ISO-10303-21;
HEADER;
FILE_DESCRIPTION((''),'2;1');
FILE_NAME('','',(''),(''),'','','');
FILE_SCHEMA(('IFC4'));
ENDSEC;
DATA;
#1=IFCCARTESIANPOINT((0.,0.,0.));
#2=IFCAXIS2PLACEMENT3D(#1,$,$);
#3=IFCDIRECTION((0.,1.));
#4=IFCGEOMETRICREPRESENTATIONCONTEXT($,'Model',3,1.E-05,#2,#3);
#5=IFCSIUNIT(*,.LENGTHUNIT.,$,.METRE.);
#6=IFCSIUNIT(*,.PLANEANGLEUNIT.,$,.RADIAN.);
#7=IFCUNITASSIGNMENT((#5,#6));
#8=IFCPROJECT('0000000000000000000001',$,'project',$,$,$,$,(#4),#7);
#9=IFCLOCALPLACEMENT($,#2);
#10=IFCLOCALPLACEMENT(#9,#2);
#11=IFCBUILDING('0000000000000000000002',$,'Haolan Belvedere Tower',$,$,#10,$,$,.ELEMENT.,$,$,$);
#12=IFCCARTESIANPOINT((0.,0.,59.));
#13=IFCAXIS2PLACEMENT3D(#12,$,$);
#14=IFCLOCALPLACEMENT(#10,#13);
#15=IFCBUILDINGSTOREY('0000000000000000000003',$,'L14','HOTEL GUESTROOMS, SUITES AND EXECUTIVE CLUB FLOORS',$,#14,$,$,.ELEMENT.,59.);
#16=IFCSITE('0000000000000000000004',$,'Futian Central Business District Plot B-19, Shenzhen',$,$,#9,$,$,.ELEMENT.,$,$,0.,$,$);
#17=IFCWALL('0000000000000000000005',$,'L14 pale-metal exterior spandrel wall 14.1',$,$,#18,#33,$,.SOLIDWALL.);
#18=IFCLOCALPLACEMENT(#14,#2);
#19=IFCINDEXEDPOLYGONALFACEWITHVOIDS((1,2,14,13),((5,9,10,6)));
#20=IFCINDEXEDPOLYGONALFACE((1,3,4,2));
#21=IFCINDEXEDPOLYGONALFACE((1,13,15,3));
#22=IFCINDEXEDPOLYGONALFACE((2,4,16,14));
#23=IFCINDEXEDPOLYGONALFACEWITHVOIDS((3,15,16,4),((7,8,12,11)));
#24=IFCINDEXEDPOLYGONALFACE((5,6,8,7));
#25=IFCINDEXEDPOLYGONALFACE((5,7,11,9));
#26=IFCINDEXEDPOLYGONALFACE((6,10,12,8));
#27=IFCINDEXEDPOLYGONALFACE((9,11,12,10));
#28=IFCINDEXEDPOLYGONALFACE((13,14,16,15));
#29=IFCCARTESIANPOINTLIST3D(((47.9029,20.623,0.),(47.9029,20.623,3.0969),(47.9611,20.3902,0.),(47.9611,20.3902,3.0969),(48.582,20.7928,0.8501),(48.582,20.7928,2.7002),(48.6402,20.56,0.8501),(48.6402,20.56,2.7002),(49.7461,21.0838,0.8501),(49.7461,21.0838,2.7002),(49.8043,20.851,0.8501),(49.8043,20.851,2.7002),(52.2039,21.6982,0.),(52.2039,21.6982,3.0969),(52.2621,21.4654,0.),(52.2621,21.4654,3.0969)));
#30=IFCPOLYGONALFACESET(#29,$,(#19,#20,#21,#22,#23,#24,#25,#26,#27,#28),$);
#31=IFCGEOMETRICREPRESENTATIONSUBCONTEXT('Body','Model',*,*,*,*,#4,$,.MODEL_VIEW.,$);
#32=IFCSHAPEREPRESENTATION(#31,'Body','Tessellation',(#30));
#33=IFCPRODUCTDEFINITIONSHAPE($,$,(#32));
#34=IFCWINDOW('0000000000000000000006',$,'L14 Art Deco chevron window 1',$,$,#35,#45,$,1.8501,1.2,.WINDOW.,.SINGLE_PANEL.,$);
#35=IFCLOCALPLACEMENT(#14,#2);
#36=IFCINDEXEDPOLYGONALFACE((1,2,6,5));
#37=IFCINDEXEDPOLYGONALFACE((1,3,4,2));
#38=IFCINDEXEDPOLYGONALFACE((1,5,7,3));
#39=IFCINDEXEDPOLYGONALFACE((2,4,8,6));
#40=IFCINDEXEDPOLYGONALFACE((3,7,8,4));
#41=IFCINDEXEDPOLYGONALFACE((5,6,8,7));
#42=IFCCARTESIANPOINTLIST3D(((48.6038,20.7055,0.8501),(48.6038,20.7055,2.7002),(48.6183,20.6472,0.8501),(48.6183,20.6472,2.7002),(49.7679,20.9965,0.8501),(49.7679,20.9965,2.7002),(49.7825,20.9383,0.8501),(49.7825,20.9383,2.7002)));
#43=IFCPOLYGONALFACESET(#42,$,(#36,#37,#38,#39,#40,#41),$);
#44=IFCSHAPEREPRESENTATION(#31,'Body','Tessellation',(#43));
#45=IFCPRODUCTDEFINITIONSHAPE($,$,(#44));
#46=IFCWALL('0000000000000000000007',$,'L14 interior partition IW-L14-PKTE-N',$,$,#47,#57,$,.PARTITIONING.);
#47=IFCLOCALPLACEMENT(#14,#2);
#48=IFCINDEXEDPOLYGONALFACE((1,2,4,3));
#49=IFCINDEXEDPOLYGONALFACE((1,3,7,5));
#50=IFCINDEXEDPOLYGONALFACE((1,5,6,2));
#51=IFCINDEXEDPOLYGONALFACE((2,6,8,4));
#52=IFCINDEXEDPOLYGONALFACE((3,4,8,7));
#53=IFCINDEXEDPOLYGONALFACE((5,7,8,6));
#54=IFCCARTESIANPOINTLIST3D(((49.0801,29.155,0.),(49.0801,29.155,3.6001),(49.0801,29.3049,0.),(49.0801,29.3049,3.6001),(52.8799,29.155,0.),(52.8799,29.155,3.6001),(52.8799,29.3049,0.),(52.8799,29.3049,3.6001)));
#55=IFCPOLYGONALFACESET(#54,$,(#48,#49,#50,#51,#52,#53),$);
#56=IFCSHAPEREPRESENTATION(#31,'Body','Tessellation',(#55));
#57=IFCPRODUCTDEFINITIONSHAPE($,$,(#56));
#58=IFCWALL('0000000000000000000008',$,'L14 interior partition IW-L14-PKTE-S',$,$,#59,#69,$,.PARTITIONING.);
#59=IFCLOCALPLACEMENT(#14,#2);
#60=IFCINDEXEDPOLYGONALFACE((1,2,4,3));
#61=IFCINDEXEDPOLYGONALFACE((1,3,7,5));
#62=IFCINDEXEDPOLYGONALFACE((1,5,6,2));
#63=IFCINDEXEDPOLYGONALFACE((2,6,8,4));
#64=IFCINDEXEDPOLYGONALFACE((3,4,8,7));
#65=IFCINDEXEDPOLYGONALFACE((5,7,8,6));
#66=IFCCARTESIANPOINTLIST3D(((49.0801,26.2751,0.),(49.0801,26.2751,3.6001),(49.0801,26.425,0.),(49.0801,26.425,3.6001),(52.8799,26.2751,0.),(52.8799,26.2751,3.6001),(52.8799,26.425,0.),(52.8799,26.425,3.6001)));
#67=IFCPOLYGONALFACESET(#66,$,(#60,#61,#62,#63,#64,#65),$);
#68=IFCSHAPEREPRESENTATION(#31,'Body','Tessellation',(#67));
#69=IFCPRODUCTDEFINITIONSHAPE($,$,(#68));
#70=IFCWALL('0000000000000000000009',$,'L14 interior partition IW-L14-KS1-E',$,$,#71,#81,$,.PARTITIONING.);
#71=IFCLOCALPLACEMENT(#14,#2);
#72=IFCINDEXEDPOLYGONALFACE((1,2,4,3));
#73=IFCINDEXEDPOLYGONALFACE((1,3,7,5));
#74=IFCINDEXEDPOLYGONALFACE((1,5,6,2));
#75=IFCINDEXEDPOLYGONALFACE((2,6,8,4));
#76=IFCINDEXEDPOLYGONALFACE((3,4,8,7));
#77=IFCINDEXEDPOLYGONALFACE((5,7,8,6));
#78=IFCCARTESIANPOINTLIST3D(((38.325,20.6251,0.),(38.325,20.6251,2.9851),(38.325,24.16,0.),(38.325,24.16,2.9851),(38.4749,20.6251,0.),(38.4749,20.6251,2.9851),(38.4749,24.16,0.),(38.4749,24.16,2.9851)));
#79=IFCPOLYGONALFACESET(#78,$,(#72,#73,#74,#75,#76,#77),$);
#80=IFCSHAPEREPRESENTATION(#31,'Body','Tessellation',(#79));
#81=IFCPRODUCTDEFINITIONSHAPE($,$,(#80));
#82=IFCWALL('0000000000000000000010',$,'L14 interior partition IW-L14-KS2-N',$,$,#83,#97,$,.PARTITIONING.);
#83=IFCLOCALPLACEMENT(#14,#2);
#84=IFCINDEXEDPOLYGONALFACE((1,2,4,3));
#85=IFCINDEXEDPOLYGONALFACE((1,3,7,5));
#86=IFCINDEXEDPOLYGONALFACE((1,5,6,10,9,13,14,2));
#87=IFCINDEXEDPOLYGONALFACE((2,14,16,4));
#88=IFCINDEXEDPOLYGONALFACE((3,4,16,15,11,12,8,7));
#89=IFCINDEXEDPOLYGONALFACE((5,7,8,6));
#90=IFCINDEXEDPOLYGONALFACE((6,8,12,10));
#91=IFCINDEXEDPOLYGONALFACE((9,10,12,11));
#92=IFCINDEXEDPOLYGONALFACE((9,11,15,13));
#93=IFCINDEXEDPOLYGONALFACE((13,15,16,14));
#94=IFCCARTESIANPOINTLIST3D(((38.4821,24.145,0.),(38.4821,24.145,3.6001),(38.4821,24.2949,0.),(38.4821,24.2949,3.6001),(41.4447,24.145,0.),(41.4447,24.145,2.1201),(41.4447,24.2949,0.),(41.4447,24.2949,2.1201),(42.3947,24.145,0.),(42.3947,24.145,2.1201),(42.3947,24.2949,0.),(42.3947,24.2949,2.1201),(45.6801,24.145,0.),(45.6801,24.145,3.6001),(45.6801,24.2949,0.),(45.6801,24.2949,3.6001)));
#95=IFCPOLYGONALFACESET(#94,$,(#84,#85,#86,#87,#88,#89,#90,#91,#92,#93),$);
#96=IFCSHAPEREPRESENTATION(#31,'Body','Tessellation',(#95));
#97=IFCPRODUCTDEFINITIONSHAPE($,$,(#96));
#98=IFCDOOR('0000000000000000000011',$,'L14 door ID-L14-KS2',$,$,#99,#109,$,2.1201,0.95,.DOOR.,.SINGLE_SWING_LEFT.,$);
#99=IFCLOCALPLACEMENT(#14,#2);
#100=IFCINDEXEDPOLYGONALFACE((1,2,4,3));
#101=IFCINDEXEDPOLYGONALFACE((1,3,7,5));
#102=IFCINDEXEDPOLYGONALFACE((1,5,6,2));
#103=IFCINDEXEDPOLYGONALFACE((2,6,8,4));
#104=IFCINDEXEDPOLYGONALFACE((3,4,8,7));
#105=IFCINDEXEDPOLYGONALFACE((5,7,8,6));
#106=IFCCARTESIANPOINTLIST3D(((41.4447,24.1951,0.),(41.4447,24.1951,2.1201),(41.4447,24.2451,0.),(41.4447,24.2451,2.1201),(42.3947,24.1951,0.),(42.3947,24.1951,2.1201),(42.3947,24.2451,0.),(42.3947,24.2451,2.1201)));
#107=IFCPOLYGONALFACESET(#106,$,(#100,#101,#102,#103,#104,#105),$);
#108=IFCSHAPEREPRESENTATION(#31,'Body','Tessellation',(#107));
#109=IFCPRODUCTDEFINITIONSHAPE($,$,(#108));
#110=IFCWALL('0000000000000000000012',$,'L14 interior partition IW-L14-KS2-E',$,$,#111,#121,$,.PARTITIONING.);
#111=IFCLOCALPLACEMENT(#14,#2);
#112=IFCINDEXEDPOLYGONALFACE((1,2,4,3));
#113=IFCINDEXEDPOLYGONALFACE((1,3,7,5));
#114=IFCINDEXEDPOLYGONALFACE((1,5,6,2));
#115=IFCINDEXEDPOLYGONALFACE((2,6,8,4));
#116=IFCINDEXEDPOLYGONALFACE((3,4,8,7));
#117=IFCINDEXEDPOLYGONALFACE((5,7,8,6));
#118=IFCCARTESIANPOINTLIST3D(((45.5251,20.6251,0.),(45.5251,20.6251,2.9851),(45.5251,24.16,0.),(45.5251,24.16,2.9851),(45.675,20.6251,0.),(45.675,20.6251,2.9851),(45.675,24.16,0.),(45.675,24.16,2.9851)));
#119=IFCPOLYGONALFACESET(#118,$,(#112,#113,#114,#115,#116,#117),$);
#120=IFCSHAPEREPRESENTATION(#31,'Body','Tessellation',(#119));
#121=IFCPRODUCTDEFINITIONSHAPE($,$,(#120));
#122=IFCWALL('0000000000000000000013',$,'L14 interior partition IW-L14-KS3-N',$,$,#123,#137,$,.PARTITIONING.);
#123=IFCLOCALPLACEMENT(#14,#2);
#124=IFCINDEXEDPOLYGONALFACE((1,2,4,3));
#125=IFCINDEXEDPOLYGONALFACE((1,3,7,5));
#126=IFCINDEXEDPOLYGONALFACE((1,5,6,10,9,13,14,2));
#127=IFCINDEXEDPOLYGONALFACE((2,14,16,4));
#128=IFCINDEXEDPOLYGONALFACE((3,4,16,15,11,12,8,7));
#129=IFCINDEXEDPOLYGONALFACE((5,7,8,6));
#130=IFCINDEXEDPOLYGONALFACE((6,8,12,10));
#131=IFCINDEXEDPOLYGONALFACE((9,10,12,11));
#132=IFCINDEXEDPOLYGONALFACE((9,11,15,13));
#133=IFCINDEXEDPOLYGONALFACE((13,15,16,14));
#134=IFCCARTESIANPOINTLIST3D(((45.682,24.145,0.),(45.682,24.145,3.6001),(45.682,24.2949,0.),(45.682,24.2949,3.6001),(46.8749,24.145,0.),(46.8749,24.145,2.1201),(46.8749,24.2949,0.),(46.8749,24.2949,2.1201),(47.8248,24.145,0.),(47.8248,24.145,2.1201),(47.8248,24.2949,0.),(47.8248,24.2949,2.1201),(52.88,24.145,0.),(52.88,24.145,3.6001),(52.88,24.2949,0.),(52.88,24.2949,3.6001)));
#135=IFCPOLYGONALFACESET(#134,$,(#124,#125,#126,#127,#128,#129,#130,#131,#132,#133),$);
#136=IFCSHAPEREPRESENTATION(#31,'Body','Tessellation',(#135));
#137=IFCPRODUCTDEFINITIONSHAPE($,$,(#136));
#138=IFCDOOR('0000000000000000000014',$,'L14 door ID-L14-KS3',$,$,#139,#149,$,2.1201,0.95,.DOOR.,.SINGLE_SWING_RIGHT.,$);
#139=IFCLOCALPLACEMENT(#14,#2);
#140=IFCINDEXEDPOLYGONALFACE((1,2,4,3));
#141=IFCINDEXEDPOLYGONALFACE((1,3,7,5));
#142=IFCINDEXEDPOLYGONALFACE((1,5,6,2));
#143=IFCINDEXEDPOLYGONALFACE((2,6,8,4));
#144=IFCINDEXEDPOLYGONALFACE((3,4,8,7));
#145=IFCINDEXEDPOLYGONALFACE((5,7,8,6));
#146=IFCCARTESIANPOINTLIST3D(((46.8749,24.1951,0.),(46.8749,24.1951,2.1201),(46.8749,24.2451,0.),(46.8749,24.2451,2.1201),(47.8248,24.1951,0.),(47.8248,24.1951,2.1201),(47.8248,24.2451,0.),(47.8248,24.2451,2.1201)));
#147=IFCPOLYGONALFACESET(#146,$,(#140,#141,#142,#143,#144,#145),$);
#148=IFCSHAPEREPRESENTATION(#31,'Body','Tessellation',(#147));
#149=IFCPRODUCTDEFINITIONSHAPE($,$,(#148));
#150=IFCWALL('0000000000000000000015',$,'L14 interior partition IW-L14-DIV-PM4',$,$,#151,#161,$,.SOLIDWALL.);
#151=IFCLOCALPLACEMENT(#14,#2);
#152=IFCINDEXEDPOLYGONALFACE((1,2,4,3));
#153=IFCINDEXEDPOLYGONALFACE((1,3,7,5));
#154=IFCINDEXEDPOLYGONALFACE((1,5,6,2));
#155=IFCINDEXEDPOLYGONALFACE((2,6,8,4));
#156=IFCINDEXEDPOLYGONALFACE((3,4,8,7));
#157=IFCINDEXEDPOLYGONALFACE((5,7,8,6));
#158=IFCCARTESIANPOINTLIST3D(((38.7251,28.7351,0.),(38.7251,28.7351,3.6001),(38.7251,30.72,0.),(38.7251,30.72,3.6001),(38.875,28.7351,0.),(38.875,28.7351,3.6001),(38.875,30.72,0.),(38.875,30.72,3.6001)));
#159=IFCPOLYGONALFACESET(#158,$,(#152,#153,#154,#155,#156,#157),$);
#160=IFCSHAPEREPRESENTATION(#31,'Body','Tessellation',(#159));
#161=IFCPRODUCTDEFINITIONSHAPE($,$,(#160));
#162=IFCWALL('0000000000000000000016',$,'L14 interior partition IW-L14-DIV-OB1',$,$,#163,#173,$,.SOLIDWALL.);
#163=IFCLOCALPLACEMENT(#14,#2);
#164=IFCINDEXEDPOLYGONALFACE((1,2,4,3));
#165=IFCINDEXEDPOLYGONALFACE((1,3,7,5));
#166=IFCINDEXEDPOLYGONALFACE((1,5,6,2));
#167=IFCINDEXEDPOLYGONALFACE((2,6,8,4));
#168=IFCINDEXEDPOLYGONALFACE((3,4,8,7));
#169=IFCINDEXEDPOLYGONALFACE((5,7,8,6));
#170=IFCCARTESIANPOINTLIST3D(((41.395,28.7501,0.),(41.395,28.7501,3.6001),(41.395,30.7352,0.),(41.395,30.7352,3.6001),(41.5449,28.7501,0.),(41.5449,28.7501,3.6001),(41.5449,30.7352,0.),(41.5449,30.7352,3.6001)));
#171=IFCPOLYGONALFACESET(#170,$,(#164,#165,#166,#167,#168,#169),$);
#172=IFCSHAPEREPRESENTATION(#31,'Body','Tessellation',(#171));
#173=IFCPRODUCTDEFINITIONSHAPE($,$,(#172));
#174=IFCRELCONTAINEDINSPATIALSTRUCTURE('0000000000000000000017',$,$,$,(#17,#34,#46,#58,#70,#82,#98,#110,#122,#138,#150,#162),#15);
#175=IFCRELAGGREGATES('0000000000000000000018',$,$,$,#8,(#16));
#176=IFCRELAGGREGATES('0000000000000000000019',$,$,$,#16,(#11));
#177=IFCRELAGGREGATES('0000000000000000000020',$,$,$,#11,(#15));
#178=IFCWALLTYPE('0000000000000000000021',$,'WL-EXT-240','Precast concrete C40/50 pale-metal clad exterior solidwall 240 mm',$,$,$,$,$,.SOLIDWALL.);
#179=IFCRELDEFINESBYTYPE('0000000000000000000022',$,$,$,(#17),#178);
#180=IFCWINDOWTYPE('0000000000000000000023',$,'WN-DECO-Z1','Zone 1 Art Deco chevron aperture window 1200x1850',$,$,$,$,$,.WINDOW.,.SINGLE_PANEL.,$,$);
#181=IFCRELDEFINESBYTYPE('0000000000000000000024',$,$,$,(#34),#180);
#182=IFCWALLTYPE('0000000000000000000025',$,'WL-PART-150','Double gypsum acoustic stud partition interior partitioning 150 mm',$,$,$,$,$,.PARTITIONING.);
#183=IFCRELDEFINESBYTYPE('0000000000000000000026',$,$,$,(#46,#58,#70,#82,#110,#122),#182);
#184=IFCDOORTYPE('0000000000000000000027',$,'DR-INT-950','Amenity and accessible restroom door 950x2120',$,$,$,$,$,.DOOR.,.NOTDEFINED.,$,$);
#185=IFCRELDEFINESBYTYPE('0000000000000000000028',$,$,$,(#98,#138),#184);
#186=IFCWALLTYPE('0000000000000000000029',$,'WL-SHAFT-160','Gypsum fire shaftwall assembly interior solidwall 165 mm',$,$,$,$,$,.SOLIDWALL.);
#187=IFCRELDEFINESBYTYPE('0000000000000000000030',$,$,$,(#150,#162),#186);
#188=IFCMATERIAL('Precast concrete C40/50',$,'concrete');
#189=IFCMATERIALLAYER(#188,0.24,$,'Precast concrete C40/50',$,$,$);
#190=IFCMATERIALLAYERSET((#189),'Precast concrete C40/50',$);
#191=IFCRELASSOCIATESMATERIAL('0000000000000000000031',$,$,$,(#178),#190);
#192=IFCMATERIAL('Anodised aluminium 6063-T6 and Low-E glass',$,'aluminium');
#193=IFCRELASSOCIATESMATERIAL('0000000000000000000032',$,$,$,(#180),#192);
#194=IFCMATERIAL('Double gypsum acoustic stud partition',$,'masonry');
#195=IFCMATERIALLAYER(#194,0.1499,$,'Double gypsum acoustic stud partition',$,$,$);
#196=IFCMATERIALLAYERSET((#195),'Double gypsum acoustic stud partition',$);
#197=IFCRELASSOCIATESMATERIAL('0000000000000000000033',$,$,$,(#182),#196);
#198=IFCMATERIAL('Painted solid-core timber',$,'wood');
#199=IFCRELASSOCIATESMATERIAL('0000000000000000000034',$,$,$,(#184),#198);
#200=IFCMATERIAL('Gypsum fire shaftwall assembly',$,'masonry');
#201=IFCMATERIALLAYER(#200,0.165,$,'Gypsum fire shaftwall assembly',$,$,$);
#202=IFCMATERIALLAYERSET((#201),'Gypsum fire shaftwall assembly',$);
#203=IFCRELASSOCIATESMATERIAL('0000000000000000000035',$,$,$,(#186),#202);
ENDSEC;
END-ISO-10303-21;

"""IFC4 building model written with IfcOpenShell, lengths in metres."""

from ifc_helpers import new_model, si_unit, direction, frame, frame_2d, origin, place, context, subcontext, project, spatial, rectangle, extrude, material, layer, layer_set, type_object, element, fill, save


model = new_model("IFC4")

# Units and contexts
model_context = context("Model", 3, precision=1e-05, world=origin(), true_north=direction((0.0, 1.0)))
body_context = subcontext(model_context, "Body", "Model", "MODEL_VIEW")
ifc_project = project(units=[si_unit("LENGTHUNIT", "METRE"), si_unit("PLANEANGLEUNIT", "RADIAN")], contexts=[model_context])

# Site, building, storey
site_placement = place(None, origin())
site = spatial("IfcSite", under=ifc_project, at=site_placement, Name="Futian Central Business District Plot B-19, Shenzhen", CompositionType="ELEMENT", RefElevation=0.0)
building_placement = place(site_placement, origin())
building = spatial("IfcBuilding", under=site, at=building_placement, Name="Haolan Belvedere Tower", CompositionType="ELEMENT")
storey_placement = place(building_placement, frame((0.0, 0.0, 59.0)))
storey = spatial("IfcBuildingStorey", under=building, at=storey_placement, Name="L14", Description="HOTEL GUESTROOMS, SUITES AND EXECUTIVE CLUB FLOORS", CompositionType="ELEMENT", Elevation=59.0)

# Wall, opening, window
ifc_material_1 = material(Name="Precast concrete C40/50", Category="concrete")
ifc_layer_1 = layer(ifc_material_1, 0.24, Name="Precast concrete C40/50")
ifc_layer_set_1 = layer_set([ifc_layer_1], Name="Precast concrete C40/50")
wall_type_1 = type_object("IfcWallType", Name="WL-EXT-240", Description="Precast concrete C40/50 pale-metal clad exterior solidwall 240 mm", PredefinedType="SOLIDWALL", material=ifc_layer_set_1)
wall_1_placement = place(storey_placement, frame((47.9319, 20.5066, 0.0), z_axis=(0.0, 0.0, 1.0), x_axis=(0.970146, 0.242523, 0.0)))
wall_1 = element("IfcWall", 1, at=wall_1_placement, inside=storey, type_object=wall_type_1, Name="L14 pale-metal exterior spandrel wall 14.1", PredefinedType="SOLIDWALL", context=body_context, shape_type="SweptSolid", body=[
    extrude(rectangle(XDim=4.4333, YDim=0.24, at=frame_2d((2.2168, 0.0))), origin(), (0.0, 0.0, 1.0), 3.0969),
])
opening_1_placement = place(wall_1_placement, frame((0.7, 0.0, 0.8501)))
opening_1 = element("IfcOpeningElement", 2, at=opening_1_placement, cuts=wall_1, PredefinedType="OPENING", context=body_context, shape_type="SweptSolid", body=[
    extrude(rectangle(XDim=1.2, YDim=1.8501, at=frame_2d((0.6001, 0.925))), frame((0.0, 0.1299, 0.0), z_axis=(0.0, -1.0, 0.0), x_axis=(1.0, 0.0, 0.0)), (0.0, 0.0, 1.0), 0.26),
])
ifc_material_2 = material(Name="Anodised aluminium 6063-T6 and Low-E glass", Category="aluminium")
window_type = type_object("IfcWindowType", Name="WN-DECO-Z1", Description="Zone 1 Art Deco chevron aperture window 1200x1850", PartitioningType="SINGLE_PANEL", PredefinedType="WINDOW", material=ifc_material_2)
window_placement = place(opening_1_placement, origin())
window = element("IfcWindow", 3, at=window_placement, inside=storey, type_object=window_type, Name="L14 Art Deco chevron window 1", OverallHeight=1.8501, OverallWidth=1.2, PartitioningType="SINGLE_PANEL", PredefinedType="WINDOW", context=body_context, shape_type="SweptSolid", body=[
    extrude(rectangle(XDim=1.2, YDim=1.8501, at=frame_2d((0.6001, 0.925))), frame((0.0, 0.03, 0.0), z_axis=(0.0, -1.0, 0.0), x_axis=(1.0, 0.0, 0.0)), (0.0, 0.0, 1.0), 0.0601),
])
fill(opening_1, window)

# Walls
ifc_material_3 = material(Name="Double gypsum acoustic stud partition", Category="masonry")
ifc_layer_2 = layer(ifc_material_3, 0.1499, Name="Double gypsum acoustic stud partition")
ifc_layer_set_2 = layer_set([ifc_layer_2], Name="Double gypsum acoustic stud partition")
wall_type_2 = type_object("IfcWallType", Name="WL-PART-150", Description="Double gypsum acoustic stud partition interior partitioning 150 mm", PredefinedType="PARTITIONING", material=ifc_layer_set_2)
for number, where, z_axis, x_axis, name in (
    (4, (49.0801, 29.23, 0.0), (0.0, 0.0, 1.0), (1.0, 0.0, 0.0), "L14 interior partition IW-L14-PKTE-N"),
    (5, (49.0801, 26.3501, 0.0), (0.0, 0.0, 1.0), (1.0, 0.0, 0.0), "L14 interior partition IW-L14-PKTE-S"),
):
    element("IfcWall", number, at=place(storey_placement, frame(where, z_axis=z_axis, x_axis=x_axis)), inside=storey, type_object=wall_type_2, Name=name, PredefinedType="PARTITIONING", context=body_context, shape_type="SweptSolid", body=[
        extrude(rectangle(XDim=3.7998, YDim=0.1499, at=frame_2d((1.8999, 0.0))), origin(), (0.0, 0.0, 1.0), 3.6001),
    ])

# Shared definitions
ifc_material_4 = material(Name="Painted solid-core timber", Category="wood")
door_type = type_object("IfcDoorType", Name="DR-INT-950", Description="Amenity and accessible restroom door 950x2120", OperationType="NOTDEFINED", PredefinedType="DOOR", material=ifc_material_4)

# Wall
wall_2_placement = place(storey_placement, frame((38.3999, 20.625, 0.0), z_axis=(0.0, 0.0, 1.0), x_axis=(0.0, 1.0, 0.0)))
element("IfcWall", 6, at=wall_2_placement, inside=storey, type_object=wall_type_2, Name="L14 interior partition IW-L14-KS1-E", PredefinedType="PARTITIONING", context=body_context, shape_type="SweptSolid", body=[
    extrude(rectangle(XDim=3.5349, YDim=0.1499, at=frame_2d((1.7676, 0.0))), origin(), (0.0, 0.0, 1.0), 2.9851),
])

# Wall, opening, door
wall_3_placement = place(storey_placement, frame((38.4819, 24.22, 0.0), z_axis=(0.0, 0.0, 1.0), x_axis=(1.0, 0.0, 0.0)))
wall_3 = element("IfcWall", 7, at=wall_3_placement, inside=storey, type_object=wall_type_2, Name="L14 interior partition IW-L14-KS2-N", PredefinedType="PARTITIONING", context=body_context, shape_type="SweptSolid", body=[
    extrude(rectangle(XDim=7.198, YDim=0.1499, at=frame_2d((3.5991, 0.0))), origin(), (0.0, 0.0, 1.0), 3.6001),
])
opening_2_placement = place(wall_3_placement, frame((3.9128, 0.0, 0.0), z_axis=(0.0, 0.0, 1.0), x_axis=(-1.0, 0.0, 0.0)))
opening_2 = element("IfcOpeningElement", 8, at=opening_2_placement, cuts=wall_3, PredefinedType="OPENING", context=body_context, shape_type="SweptSolid", body=[
    extrude(rectangle(XDim=0.95, YDim=2.1201, at=frame_2d((0.4751, 1.0601))), frame((0.0, 0.085, 0.0), z_axis=(0.0, -1.0, 0.0), x_axis=(1.0, 0.0, 0.0)), (0.0, 0.0, 1.0), 0.1699),
])
door_1_placement = place(opening_2_placement, origin())
door_1 = element("IfcDoor", 9, at=door_1_placement, inside=storey, type_object=door_type, Name="L14 door ID-L14-KS2", OperationType="SINGLE_SWING_LEFT", OverallHeight=2.1201, OverallWidth=0.95, PredefinedType="DOOR", context=body_context, shape_type="SweptSolid", body=[
    extrude(rectangle(XDim=0.95, YDim=2.1201, at=frame_2d((0.4751, 1.0601))), frame((0.0, 0.0249, 0.0), z_axis=(0.0, -1.0, 0.0), x_axis=(1.0, 0.0, 0.0)), (0.0, 0.0, 1.0), 0.05),
])
fill(opening_2, door_1)

# Wall
wall_4_placement = place(storey_placement, frame((45.6001, 20.625, 0.0), z_axis=(0.0, 0.0, 1.0), x_axis=(0.0, 1.0, 0.0)))
element("IfcWall", 10, at=wall_4_placement, inside=storey, type_object=wall_type_2, Name="L14 interior partition IW-L14-KS2-E", PredefinedType="PARTITIONING", context=body_context, shape_type="SweptSolid", body=[
    extrude(rectangle(XDim=3.5349, YDim=0.1499, at=frame_2d((1.7676, 0.0))), origin(), (0.0, 0.0, 1.0), 2.9851),
])

# Wall, opening, door
wall_5_placement = place(storey_placement, frame((45.6819, 24.22, 0.0), z_axis=(0.0, 0.0, 1.0), x_axis=(1.0, 0.0, 0.0)))
wall_5 = element("IfcWall", 11, at=wall_5_placement, inside=storey, type_object=wall_type_2, Name="L14 interior partition IW-L14-KS3-N", PredefinedType="PARTITIONING", context=body_context, shape_type="SweptSolid", body=[
    extrude(rectangle(XDim=7.198, YDim=0.1499, at=frame_2d((3.5991, 0.0))), origin(), (0.0, 0.0, 1.0), 3.6001),
])
opening_3_placement = place(wall_5_placement, frame((2.1431, 0.0, 0.0), z_axis=(0.0, 0.0, 1.0), x_axis=(-1.0, 0.0, 0.0)))
opening_3 = element("IfcOpeningElement", 12, at=opening_3_placement, cuts=wall_5, PredefinedType="OPENING", context=body_context, shape_type="SweptSolid", body=[
    extrude(rectangle(XDim=0.95, YDim=2.1201, at=frame_2d((0.4751, 1.0601))), frame((0.0, 0.085, 0.0), z_axis=(0.0, -1.0, 0.0), x_axis=(1.0, 0.0, 0.0)), (0.0, 0.0, 1.0), 0.1699),
])
door_2_placement = place(opening_3_placement, origin())
door_2 = element("IfcDoor", 13, at=door_2_placement, inside=storey, type_object=door_type, Name="L14 door ID-L14-KS3", OperationType="SINGLE_SWING_RIGHT", OverallHeight=2.1201, OverallWidth=0.95, PredefinedType="DOOR", context=body_context, shape_type="SweptSolid", body=[
    extrude(rectangle(XDim=0.95, YDim=2.1201, at=frame_2d((0.4751, 1.0601))), frame((0.0, 0.0249, 0.0), z_axis=(0.0, -1.0, 0.0), x_axis=(1.0, 0.0, 0.0)), (0.0, 0.0, 1.0), 0.05),
])
fill(opening_3, door_2)

# Walls
ifc_material_5 = material(Name="Gypsum fire shaftwall assembly", Category="masonry")
ifc_layer_3 = layer(ifc_material_5, 0.165, Name="Gypsum fire shaftwall assembly")
ifc_layer_set_3 = layer_set([ifc_layer_3], Name="Gypsum fire shaftwall assembly")
wall_type_3 = type_object("IfcWallType", Name="WL-SHAFT-160", Description="Gypsum fire shaftwall assembly interior solidwall 165 mm", PredefinedType="SOLIDWALL", material=ifc_layer_set_3)
wall_6_placement = place(storey_placement, frame((38.8, 28.7351, 0.0), z_axis=(0.0, 0.0, 1.0), x_axis=(0.0, 1.0, 0.0)))
element("IfcWall", 14, at=wall_6_placement, inside=storey, type_object=wall_type_3, Name="L14 interior partition IW-L14-DIV-PM4", PredefinedType="SOLIDWALL", context=body_context, shape_type="SweptSolid", body=[
    extrude(rectangle(XDim=1.9849, YDim=0.1499, at=frame_2d((0.9924, 0.0))), origin(), (0.0, 0.0, 1.0), 3.6001),
])
for number, where, z_axis, x_axis, name in (
    (15, (41.47, 28.75, 0.0), (0.0, 0.0, 1.0), (0.0, 1.0, 0.0), "L14 interior partition IW-L14-DIV-OB1"),
):
    element("IfcWall", number, at=place(storey_placement, frame(where, z_axis=z_axis, x_axis=x_axis)), inside=storey, type_object=wall_type_3, Name=name, PredefinedType="SOLIDWALL", context=body_context, shape_type="SweptSolid", body=[
        extrude(rectangle(XDim=1.9851, YDim=0.1499, at=frame_2d((0.9927, 0.0))), origin(), (0.0, 0.0, 1.0), 3.6001),
    ])

save(model, "model.ifc")
